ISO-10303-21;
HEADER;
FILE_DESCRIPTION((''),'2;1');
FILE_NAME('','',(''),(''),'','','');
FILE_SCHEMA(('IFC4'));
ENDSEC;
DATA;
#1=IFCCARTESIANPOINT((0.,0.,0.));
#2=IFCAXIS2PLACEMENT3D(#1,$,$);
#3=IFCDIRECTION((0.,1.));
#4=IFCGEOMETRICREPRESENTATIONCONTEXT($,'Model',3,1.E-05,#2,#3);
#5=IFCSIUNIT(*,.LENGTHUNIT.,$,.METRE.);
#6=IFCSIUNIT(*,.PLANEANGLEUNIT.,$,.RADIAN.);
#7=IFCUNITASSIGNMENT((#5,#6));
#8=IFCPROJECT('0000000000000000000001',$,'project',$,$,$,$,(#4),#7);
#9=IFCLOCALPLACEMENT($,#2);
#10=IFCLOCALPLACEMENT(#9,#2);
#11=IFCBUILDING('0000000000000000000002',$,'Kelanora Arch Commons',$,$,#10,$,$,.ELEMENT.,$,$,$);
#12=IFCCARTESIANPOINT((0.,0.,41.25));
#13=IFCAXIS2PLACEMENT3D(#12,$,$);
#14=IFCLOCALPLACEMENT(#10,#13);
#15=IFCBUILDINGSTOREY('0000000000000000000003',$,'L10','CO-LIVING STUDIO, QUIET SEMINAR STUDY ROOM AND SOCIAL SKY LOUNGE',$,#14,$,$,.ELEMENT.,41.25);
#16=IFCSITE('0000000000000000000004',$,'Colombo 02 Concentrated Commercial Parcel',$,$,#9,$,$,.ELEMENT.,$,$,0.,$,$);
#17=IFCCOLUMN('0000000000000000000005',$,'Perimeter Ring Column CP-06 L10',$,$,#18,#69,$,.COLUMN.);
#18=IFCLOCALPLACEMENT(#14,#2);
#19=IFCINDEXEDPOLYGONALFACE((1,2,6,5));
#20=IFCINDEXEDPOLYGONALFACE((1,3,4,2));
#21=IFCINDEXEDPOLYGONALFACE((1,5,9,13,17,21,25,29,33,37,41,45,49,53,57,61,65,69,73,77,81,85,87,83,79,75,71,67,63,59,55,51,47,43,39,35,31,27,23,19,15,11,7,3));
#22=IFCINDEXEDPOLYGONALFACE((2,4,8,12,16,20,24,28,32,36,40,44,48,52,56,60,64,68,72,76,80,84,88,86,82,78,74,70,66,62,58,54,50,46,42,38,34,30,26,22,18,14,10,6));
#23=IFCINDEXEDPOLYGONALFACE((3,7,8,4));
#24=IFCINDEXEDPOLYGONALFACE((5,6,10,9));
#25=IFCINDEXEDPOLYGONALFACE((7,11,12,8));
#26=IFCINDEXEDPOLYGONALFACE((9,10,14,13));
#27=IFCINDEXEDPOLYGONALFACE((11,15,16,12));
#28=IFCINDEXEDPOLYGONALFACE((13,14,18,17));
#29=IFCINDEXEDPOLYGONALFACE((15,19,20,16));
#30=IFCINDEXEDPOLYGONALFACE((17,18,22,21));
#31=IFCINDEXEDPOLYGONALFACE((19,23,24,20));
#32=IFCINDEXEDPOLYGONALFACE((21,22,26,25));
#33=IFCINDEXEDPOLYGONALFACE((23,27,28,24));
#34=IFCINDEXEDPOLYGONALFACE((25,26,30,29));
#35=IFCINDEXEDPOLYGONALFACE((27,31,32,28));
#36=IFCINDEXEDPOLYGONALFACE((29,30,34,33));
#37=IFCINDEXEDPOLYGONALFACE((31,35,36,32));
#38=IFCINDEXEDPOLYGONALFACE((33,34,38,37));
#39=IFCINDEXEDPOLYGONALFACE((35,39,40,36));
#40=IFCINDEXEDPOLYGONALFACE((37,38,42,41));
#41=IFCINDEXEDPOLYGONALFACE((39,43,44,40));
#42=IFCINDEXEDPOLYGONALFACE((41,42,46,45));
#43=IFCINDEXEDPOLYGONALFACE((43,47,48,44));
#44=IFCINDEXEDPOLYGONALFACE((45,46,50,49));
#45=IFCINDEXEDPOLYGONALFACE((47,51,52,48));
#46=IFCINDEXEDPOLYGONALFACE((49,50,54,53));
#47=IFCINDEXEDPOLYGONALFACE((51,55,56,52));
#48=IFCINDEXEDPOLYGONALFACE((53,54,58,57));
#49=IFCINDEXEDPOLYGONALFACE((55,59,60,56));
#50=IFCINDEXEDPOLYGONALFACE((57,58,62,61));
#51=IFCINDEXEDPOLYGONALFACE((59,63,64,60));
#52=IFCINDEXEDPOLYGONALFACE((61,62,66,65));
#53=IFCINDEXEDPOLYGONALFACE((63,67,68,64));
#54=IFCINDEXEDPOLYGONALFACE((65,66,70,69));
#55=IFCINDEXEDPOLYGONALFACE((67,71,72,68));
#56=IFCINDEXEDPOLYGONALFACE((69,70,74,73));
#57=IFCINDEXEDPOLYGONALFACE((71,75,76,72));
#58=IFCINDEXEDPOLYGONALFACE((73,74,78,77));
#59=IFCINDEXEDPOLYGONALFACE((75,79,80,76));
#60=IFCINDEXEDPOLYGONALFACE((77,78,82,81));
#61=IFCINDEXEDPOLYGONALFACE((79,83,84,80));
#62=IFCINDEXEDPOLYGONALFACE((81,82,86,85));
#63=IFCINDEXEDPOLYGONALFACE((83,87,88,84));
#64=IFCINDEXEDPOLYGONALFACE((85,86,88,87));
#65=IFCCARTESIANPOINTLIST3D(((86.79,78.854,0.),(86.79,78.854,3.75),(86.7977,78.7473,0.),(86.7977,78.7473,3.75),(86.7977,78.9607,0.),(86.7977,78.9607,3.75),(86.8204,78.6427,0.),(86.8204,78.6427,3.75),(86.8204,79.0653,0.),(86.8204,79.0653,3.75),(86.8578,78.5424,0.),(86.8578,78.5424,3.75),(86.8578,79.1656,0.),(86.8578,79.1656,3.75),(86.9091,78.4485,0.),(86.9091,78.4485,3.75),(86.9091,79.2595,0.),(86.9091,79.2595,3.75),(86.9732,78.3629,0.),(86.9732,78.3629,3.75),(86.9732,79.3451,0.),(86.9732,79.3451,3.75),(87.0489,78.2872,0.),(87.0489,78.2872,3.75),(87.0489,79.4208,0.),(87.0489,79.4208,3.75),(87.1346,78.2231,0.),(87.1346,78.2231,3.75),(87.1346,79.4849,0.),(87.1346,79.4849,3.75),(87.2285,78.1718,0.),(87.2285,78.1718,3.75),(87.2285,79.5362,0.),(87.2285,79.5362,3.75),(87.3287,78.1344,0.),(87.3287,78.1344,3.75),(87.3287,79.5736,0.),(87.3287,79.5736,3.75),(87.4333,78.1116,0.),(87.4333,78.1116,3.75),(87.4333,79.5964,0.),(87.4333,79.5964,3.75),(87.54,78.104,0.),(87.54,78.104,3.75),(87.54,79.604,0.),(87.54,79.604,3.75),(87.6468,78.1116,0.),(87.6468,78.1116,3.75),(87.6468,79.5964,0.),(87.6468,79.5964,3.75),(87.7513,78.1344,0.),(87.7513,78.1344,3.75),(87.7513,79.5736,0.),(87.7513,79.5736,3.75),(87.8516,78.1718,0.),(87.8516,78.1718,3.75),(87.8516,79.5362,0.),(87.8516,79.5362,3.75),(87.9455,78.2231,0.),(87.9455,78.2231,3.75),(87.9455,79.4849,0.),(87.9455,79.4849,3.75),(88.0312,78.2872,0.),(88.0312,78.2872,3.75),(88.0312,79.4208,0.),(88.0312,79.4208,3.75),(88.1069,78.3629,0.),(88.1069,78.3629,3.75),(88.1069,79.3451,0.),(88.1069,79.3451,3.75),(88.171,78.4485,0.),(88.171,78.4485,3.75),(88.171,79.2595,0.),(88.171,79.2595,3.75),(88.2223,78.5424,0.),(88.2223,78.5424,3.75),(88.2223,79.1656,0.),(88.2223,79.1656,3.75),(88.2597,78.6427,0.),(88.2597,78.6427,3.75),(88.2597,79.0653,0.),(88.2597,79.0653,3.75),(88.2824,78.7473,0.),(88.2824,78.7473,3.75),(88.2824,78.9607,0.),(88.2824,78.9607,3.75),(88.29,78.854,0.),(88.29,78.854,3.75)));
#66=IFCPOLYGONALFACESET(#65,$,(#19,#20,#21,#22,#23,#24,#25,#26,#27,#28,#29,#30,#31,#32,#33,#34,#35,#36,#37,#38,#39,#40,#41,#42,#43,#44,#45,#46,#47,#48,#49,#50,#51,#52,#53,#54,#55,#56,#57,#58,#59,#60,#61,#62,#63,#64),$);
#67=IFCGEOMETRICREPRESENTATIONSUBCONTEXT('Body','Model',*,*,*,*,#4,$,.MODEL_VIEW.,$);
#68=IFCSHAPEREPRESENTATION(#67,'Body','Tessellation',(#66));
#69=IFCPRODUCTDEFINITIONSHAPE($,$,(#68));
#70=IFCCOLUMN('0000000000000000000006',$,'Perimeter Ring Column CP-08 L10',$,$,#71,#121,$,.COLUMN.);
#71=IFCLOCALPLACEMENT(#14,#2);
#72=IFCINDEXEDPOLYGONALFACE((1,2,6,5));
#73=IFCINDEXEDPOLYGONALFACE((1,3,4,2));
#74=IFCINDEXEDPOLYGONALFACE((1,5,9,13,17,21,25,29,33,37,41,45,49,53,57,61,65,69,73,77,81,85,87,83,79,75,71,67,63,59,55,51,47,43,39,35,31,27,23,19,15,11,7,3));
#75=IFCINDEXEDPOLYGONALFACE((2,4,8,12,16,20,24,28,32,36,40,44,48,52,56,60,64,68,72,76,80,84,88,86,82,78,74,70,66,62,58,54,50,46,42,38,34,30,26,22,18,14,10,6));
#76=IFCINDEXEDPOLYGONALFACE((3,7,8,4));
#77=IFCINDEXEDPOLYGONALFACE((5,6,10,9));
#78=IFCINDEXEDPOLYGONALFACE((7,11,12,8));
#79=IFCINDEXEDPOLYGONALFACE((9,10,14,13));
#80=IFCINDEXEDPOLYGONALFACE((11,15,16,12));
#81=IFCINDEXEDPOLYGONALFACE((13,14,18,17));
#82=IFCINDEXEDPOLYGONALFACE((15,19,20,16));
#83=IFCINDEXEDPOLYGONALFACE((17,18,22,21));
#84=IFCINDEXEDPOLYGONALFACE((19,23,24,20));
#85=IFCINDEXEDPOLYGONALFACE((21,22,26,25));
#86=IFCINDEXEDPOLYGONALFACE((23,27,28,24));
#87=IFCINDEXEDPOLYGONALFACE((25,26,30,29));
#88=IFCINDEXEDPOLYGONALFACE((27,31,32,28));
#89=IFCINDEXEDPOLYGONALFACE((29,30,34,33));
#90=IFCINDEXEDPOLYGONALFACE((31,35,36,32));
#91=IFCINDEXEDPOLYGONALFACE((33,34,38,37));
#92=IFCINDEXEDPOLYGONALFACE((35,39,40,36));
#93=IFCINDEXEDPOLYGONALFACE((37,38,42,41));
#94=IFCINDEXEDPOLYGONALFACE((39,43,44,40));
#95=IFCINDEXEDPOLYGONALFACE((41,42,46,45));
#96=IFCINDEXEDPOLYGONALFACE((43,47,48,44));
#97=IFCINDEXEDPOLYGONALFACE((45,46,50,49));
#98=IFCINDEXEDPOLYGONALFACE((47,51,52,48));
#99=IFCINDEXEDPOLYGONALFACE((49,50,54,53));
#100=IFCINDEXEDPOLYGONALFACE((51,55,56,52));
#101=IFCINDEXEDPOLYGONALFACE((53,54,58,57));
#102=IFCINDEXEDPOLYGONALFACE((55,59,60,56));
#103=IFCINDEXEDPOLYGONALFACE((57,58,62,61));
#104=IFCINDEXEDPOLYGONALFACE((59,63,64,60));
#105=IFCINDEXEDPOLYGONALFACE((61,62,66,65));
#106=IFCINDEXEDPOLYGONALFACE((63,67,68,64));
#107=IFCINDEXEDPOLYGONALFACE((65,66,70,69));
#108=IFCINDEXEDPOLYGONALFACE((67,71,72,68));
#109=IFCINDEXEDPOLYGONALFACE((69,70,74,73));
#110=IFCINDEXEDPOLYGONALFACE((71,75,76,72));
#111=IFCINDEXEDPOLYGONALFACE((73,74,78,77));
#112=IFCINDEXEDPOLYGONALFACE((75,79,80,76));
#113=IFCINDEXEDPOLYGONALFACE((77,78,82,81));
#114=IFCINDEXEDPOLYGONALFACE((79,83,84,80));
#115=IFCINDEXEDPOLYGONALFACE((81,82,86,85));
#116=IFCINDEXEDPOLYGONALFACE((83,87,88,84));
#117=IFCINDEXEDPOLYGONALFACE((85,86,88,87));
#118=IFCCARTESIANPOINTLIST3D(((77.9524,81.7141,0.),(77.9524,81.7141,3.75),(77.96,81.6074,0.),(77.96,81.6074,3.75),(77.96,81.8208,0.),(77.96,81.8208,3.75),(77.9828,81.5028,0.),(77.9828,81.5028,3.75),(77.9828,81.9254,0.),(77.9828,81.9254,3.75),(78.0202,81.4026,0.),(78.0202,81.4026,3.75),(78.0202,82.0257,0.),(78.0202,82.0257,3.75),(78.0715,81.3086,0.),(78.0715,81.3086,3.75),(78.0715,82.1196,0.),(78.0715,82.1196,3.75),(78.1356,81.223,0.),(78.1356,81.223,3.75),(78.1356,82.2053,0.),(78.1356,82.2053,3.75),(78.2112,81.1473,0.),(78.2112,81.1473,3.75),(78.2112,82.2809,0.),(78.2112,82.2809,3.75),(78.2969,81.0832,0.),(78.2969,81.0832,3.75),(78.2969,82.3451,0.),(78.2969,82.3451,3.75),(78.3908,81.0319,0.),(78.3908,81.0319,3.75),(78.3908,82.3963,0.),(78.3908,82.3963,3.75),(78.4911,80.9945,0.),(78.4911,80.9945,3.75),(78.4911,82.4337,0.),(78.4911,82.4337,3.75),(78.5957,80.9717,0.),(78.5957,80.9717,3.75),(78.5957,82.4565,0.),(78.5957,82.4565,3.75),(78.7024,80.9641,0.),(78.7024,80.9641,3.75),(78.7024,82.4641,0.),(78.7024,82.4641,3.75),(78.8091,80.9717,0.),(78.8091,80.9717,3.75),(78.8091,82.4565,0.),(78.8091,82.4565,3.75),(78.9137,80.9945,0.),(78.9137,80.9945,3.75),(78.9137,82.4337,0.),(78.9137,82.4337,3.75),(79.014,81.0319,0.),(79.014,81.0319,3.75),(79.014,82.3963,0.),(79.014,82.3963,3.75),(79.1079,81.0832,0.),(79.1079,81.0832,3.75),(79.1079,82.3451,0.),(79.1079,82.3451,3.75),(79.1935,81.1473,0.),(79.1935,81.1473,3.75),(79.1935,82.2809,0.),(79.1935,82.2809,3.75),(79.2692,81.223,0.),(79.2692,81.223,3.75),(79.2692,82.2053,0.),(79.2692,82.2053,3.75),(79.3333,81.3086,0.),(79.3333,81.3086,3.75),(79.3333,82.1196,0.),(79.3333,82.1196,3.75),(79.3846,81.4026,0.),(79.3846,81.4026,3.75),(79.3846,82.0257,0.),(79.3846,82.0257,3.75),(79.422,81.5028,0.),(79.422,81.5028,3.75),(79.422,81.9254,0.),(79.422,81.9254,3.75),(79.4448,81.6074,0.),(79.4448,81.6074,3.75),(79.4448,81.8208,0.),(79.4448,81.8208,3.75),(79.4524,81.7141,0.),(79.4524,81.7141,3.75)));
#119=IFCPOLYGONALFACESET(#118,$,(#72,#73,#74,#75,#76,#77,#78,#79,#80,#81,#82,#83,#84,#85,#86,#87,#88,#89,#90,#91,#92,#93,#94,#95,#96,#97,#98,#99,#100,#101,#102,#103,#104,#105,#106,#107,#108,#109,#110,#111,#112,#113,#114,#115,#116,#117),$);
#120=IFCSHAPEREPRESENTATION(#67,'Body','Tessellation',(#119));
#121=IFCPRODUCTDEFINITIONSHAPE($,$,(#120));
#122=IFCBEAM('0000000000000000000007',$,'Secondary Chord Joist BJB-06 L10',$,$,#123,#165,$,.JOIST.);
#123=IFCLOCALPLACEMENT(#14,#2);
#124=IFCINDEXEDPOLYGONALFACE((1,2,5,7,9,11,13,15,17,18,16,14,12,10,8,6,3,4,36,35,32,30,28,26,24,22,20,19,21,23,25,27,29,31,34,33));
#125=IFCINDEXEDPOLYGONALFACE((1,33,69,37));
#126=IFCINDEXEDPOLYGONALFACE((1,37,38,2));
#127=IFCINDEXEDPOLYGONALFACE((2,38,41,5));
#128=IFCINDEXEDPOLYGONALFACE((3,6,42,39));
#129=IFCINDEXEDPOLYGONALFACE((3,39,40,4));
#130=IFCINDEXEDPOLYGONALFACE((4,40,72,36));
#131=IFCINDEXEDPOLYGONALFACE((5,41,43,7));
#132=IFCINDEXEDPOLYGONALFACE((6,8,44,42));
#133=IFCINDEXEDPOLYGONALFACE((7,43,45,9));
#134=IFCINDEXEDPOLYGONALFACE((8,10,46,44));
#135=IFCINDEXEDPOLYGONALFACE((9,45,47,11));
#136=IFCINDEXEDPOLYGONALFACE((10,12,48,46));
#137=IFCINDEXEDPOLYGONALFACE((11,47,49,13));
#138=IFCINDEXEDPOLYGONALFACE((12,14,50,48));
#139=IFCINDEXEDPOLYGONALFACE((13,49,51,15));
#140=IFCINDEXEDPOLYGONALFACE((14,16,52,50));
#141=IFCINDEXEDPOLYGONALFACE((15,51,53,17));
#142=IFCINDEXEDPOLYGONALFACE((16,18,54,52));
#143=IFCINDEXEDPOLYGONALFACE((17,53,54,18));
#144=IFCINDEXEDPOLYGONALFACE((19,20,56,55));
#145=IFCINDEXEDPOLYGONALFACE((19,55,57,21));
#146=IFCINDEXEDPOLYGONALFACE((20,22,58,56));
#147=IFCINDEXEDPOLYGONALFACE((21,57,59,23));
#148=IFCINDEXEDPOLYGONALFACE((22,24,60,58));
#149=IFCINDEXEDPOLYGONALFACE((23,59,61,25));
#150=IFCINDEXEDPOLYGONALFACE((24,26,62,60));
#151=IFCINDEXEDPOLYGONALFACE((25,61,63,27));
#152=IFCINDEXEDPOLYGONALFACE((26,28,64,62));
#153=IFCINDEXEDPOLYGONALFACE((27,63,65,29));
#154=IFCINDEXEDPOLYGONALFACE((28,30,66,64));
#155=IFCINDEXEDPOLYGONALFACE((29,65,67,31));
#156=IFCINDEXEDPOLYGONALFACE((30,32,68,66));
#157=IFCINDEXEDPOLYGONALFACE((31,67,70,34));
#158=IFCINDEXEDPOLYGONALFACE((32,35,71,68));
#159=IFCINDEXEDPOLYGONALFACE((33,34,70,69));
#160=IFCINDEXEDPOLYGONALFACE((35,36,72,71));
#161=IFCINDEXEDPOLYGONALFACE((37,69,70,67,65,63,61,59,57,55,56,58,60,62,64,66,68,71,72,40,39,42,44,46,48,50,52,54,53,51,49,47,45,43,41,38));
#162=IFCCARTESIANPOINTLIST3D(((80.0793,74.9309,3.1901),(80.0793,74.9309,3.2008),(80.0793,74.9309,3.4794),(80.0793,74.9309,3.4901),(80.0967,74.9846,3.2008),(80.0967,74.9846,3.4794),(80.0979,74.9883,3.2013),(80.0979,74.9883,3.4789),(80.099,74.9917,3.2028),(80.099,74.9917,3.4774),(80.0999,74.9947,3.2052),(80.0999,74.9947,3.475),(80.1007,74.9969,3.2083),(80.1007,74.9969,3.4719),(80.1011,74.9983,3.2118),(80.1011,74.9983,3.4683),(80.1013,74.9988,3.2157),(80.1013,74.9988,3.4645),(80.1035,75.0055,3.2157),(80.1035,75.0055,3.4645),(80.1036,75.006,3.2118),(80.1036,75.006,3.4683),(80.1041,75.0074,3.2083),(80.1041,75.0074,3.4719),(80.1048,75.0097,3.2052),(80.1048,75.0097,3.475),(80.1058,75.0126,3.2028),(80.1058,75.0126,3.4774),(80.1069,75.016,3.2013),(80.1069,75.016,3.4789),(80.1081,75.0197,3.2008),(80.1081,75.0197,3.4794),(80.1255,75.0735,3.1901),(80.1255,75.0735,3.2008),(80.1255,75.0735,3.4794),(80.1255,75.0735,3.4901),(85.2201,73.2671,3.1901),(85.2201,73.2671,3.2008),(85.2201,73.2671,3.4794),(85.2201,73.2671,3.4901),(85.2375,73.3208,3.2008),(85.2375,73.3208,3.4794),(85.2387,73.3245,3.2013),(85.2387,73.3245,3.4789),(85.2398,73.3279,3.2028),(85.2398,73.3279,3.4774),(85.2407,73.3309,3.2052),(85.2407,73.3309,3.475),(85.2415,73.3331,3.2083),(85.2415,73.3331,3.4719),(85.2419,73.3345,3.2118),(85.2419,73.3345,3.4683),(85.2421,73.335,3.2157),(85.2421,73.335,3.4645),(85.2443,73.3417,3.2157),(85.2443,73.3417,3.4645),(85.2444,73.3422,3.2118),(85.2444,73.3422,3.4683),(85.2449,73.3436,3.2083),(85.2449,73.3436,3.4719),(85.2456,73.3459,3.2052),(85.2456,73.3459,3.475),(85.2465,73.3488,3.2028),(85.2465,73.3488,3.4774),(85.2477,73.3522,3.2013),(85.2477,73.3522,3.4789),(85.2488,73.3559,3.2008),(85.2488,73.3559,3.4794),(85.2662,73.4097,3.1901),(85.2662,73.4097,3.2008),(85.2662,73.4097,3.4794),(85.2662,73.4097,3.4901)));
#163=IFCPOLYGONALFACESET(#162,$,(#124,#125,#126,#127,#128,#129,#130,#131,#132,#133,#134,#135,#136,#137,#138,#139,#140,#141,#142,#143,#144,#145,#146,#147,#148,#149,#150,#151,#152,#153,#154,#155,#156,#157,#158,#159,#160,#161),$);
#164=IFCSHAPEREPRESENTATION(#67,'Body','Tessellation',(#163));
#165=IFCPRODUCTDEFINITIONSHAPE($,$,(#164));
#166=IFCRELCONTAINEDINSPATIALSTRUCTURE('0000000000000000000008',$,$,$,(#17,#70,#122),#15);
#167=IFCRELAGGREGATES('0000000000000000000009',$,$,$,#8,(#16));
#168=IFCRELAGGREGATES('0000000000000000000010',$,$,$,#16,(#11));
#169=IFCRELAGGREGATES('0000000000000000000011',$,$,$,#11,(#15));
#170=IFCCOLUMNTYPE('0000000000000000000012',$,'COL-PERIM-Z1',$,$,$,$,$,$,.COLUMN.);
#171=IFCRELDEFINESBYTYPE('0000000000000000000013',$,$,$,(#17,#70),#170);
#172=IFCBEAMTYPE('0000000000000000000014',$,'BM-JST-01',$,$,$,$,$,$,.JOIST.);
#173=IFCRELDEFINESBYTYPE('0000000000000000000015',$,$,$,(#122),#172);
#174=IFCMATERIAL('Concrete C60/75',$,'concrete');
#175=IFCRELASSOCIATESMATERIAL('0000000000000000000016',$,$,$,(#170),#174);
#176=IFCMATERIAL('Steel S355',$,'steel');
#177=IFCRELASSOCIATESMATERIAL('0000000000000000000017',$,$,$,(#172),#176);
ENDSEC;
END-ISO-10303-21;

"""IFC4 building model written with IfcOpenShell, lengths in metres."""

from ifc_helpers import new_model, si_unit, direction, frame, origin, origin_2d, place, context, subcontext, project, spatial, circle, i_section, extrude, material, material_profile, profile_set, type_object, element, save


model = new_model("IFC4")

# Units and contexts
model_context = context("Model", 3, precision=1e-05, world=origin(), true_north=direction((0.0, 1.0)))
body_context = subcontext(model_context, "Body", "Model", "MODEL_VIEW")
ifc_project = project(units=[si_unit("LENGTHUNIT", "METRE"), si_unit("PLANEANGLEUNIT", "RADIAN")], contexts=[model_context])

# Site, building, storey
site_placement = place(None, origin())
site = spatial("IfcSite", under=ifc_project, at=site_placement, Name="Colombo 02 Concentrated Commercial Parcel", CompositionType="ELEMENT", RefElevation=0.0)
building_placement = place(site_placement, origin())
building = spatial("IfcBuilding", under=site, at=building_placement, Name="Kelanora Arch Commons", CompositionType="ELEMENT")
storey_placement = place(building_placement, frame((0.0, 0.0, 41.25)))
storey = spatial("IfcBuildingStorey", under=building, at=storey_placement, Name="L10", Description="CO-LIVING STUDIO, QUIET SEMINAR STUDY ROOM AND SOCIAL SKY LOUNGE", CompositionType="ELEMENT", Elevation=41.25)

# Columns
ifc_material_1 = material(Name="Concrete C60/75", Category="concrete")
ifc_material_profile_1 = material_profile(ifc_material_1, circle(Radius=0.75, at=origin_2d()), Name="RCC1500")
ifc_profile_set_1 = profile_set([ifc_material_profile_1], Name="Concrete C60/75")
column_type = type_object("IfcColumnType", Name="COL-PERIM-Z1", PredefinedType="COLUMN", material=ifc_profile_set_1)
for number, where, z_axis, x_axis, name in (
    (1, (87.54, 78.854, 0.0), (0.0, 0.0, 1.0), (1.0, 0.0, 0.0), "Perimeter Ring Column CP-06 L10"),
    (2, (78.7024, 81.7141, 0.0), (0.0, 0.0, 1.0), (1.0, 0.0, 0.0), "Perimeter Ring Column CP-08 L10"),
):
    element("IfcColumn", number, at=place(storey_placement, frame(where, z_axis=z_axis, x_axis=x_axis)), inside=storey, type_object=column_type, Name=name, PredefinedType="COLUMN", context=body_context, shape_type="SweptSolid", body=[
        extrude(circle(Radius=0.75, at=origin_2d()), origin(), (0.0, 0.0, 1.0), 3.75),
    ])

# Beam
ifc_material_2 = material(Name="Steel S355", Category="steel")
ifc_material_profile_2 = material_profile(ifc_material_2, i_section(OverallWidth=0.1499, OverallDepth=0.3, WebThickness=0.0071, FlangeThickness=0.0107, FilletRadius=0.0149, at=origin_2d()), Name="IPE300")
ifc_profile_set_2 = profile_set([ifc_material_profile_2], Name="Steel S355")
beam_type_1 = type_object("IfcBeamType", Name="BM-JST-01", PredefinedType="JOIST", material=ifc_profile_set_2)
beam_1_placement = place(storey_placement, frame((85.2432, 73.3384, 3.3401), z_axis=(-0.951412, 0.30792, 0.0), x_axis=(-0.30792, -0.951412, 0.0)))
element("IfcBeam", 3, at=beam_1_placement, inside=storey, type_object=beam_type_1, Name="Secondary Chord Joist BJB-06 L10", PredefinedType="JOIST", context=body_context, shape_type="SweptSolid", body=[
    extrude(i_section(OverallWidth=0.1499, OverallDepth=0.3, WebThickness=0.0071, FlangeThickness=0.0107, FilletRadius=0.0149, at=origin_2d()), origin(), (0.0, 0.0, 1.0), 5.4033),
])

save(model, "model.ifc")
